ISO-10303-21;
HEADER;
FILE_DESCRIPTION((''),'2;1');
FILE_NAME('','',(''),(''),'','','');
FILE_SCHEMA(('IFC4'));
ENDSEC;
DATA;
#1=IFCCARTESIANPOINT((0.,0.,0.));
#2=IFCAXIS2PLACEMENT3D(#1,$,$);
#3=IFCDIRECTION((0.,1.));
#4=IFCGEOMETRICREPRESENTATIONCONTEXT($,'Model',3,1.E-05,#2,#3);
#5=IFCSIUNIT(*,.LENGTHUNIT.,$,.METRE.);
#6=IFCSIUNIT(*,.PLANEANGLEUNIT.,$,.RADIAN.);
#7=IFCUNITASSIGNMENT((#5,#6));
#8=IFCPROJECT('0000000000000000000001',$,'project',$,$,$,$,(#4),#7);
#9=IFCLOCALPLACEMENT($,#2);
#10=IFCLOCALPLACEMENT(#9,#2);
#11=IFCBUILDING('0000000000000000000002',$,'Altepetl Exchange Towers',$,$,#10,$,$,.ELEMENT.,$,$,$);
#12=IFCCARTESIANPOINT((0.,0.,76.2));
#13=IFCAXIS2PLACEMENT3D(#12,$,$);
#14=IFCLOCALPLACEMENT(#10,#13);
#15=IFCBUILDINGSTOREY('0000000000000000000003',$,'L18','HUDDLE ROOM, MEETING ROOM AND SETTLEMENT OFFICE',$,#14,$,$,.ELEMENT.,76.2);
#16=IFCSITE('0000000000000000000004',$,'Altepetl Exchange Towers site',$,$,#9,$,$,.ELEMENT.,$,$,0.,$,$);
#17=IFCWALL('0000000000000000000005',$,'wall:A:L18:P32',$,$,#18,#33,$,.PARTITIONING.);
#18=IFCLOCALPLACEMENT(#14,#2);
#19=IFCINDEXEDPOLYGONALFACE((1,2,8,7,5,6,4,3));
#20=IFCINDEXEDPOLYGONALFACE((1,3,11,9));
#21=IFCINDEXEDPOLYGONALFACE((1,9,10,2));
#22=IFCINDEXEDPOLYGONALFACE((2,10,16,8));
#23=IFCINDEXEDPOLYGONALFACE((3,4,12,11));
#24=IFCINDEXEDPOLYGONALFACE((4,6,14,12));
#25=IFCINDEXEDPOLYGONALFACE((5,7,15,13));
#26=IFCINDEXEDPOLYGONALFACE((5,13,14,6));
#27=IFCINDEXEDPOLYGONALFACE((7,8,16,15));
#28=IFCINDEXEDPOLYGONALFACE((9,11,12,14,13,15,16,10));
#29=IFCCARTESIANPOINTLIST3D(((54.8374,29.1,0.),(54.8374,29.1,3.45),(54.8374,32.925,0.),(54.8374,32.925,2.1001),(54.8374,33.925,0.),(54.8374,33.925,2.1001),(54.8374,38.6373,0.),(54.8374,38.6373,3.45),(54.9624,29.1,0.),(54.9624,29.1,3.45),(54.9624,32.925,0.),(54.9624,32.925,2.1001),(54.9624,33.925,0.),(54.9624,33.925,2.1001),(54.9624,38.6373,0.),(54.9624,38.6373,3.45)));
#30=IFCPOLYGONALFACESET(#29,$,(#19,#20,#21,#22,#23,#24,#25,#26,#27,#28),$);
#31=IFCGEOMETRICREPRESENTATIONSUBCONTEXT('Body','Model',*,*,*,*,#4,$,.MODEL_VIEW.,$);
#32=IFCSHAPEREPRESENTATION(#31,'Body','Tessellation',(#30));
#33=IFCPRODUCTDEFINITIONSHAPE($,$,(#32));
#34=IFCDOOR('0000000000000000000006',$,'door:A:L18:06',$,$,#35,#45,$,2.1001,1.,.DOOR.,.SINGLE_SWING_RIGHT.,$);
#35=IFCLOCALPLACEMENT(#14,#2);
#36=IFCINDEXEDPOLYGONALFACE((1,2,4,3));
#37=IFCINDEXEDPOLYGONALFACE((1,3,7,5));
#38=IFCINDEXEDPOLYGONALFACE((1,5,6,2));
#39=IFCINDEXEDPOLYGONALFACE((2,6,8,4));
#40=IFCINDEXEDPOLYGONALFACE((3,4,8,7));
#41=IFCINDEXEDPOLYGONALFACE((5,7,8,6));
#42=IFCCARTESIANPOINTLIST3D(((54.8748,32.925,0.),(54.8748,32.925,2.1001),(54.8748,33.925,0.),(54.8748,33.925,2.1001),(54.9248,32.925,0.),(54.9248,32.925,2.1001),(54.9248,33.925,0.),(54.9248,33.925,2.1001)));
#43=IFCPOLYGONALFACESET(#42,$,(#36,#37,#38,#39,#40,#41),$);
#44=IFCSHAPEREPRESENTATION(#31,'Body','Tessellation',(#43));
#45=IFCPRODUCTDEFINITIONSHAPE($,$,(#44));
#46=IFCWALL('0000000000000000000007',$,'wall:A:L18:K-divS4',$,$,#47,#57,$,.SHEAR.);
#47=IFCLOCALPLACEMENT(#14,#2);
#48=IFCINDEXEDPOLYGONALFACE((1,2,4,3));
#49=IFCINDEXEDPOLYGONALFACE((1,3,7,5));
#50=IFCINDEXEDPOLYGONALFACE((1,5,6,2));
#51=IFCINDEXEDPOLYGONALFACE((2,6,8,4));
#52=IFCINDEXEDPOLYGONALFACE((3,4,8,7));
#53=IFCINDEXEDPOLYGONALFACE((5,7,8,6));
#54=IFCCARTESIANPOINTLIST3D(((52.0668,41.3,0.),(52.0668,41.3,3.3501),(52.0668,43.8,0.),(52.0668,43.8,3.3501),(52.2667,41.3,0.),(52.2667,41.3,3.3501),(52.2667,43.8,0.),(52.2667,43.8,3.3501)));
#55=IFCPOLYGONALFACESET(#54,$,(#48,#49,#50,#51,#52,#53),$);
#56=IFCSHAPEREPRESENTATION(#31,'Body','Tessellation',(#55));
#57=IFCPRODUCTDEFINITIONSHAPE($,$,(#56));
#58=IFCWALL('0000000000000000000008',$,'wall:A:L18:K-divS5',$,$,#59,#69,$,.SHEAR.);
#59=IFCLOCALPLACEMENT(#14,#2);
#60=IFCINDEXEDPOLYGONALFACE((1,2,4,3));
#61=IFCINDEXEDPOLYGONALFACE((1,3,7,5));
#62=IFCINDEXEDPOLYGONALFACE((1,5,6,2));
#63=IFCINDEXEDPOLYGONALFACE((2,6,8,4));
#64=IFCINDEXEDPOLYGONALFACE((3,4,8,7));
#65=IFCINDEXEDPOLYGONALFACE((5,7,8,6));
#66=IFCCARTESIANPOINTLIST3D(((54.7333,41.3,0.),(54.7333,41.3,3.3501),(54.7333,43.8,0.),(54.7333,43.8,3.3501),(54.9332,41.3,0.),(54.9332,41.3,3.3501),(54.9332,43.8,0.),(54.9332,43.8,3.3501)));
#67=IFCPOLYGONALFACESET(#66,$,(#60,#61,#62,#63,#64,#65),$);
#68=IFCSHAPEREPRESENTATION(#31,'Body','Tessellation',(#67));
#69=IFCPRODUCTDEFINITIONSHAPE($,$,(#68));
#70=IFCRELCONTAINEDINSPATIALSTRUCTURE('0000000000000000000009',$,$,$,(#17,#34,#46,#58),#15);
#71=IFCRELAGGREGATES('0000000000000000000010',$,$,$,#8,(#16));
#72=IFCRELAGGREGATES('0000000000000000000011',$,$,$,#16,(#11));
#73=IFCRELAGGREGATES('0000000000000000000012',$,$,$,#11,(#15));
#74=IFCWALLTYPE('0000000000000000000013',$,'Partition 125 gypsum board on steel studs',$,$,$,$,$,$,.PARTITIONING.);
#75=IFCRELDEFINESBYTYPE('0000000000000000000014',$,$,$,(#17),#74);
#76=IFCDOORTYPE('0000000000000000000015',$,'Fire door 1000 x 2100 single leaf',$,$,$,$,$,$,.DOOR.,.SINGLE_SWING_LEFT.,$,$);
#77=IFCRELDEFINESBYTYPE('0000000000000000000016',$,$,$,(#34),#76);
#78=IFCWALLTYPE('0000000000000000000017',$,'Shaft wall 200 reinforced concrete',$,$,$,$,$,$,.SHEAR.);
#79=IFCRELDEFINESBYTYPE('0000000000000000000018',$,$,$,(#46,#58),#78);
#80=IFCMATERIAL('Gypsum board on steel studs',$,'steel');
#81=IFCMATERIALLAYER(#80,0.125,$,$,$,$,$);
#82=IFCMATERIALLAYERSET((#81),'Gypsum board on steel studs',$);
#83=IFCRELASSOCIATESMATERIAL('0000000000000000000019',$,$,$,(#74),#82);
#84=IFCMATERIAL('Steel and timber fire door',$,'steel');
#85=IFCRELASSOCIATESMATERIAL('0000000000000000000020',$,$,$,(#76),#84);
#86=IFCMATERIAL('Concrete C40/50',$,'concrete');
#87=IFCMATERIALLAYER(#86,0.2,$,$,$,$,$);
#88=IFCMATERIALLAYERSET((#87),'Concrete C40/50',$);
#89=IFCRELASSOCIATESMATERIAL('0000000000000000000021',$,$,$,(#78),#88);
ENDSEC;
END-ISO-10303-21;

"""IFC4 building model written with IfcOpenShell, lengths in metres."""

from ifc_helpers import new_model, si_unit, direction, frame, frame_2d, origin, place, context, subcontext, project, spatial, rectangle, extrude, material, layer, layer_set, type_object, element, fill, save


model = new_model("IFC4")

# Units and contexts
model_context = context("Model", 3, precision=1e-05, world=origin(), true_north=direction((0.0, 1.0)))
body_context = subcontext(model_context, "Body", "Model", "MODEL_VIEW")
ifc_project = project(units=[si_unit("LENGTHUNIT", "METRE"), si_unit("PLANEANGLEUNIT", "RADIAN")], contexts=[model_context])

# Site, building, storey
site_placement = place(None, origin())
site = spatial("IfcSite", under=ifc_project, at=site_placement, Name="Altepetl Exchange Towers site", CompositionType="ELEMENT", RefElevation=0.0)
building_placement = place(site_placement, origin())
building = spatial("IfcBuilding", under=site, at=building_placement, Name="Altepetl Exchange Towers", CompositionType="ELEMENT")
storey_placement = place(building_placement, frame((0.0, 0.0, 76.2)))
storey = spatial("IfcBuildingStorey", under=building, at=storey_placement, Name="L18", Description="HUDDLE ROOM, MEETING ROOM AND SETTLEMENT OFFICE", CompositionType="ELEMENT", Elevation=76.2)

# Shared definitions
ifc_material_1 = material(Name="Steel and timber fire door", Category="steel")

# Shared definitions
ifc_material_2 = material(Name="Gypsum board on steel studs", Category="steel")
ifc_layer_1 = layer(ifc_material_2, 0.125)
ifc_layer_set_1 = layer_set([ifc_layer_1], Name="Gypsum board on steel studs")
wall_type_1 = type_object("IfcWallType", Name="Partition 125 gypsum board on steel studs", PredefinedType="PARTITIONING", material=ifc_layer_set_1)

# Wall, opening, door
door_type_1 = type_object("IfcDoorType", Name="Fire door 1000 x 2100 single leaf", OperationType="SINGLE_SWING_LEFT", PredefinedType="DOOR", material=ifc_material_1)
wall_1_placement = place(storey_placement, frame((54.8999, 29.1001, 0.0), z_axis=(0.0, 0.0, 1.0), x_axis=(0.0, 1.0, 0.0)))
wall_1 = element("IfcWall", 1, at=wall_1_placement, inside=storey, type_object=wall_type_1, Name="wall:A:L18:P32", PredefinedType="PARTITIONING", context=body_context, shape_type="SweptSolid", body=[
    extrude(rectangle(XDim=9.5374, YDim=0.125, at=frame_2d((4.7686, 0.0))), origin(), (0.0, 0.0, 1.0), 3.45),
])
opening_1_placement = place(wall_1_placement, frame((3.825, 0.0, 0.0)))
opening_1 = element("IfcOpeningElement", 2, at=opening_1_placement, cuts=wall_1, PredefinedType="OPENING", context=body_context, shape_type="SweptSolid", body=[
    extrude(rectangle(XDim=1.0, YDim=2.1001, at=frame_2d((0.5, 1.05))), frame((0.0, 0.0725, 0.0), z_axis=(0.0, -1.0, 0.0), x_axis=(1.0, 0.0, 0.0)), (0.0, 0.0, 1.0), 0.145),
])
door_1_placement = place(opening_1_placement, frame((1.0, 0.0, 0.0), x_axis=(-1.0, 0.0, 0.0)))
door_1 = element("IfcDoor", 3, at=door_1_placement, inside=storey, type_object=door_type_1, Name="door:A:L18:06", OperationType="SINGLE_SWING_RIGHT", OverallHeight=2.1001, OverallWidth=1.0, PredefinedType="DOOR", context=body_context, shape_type="SweptSolid", body=[
    extrude(rectangle(XDim=1.0, YDim=2.1001, at=frame_2d((0.5, 1.05))), frame((0.0, 0.0249, 0.0), z_axis=(0.0, -1.0, 0.0), x_axis=(1.0, 0.0, 0.0)), (0.0, 0.0, 1.0), 0.05),
])
fill(opening_1, door_1)

# Walls
ifc_material_3 = material(Name="Concrete C40/50", Category="concrete")
ifc_layer_2 = layer(ifc_material_3, 0.2)
ifc_layer_set_2 = layer_set([ifc_layer_2], Name="Concrete C40/50")
wall_type_2 = type_object("IfcWallType", Name="Shaft wall 200 reinforced concrete", PredefinedType="SHEAR", material=ifc_layer_set_2)
for number, where, z_axis, x_axis, name in (
    (4, (52.1667, 41.3, 0.0), (0.0, 0.0, 1.0), (0.0, 1.0, 0.0), "wall:A:L18:K-divS4"),
    (5, (54.8333, 41.3, 0.0), (0.0, 0.0, 1.0), (0.0, 1.0, 0.0), "wall:A:L18:K-divS5"),
):
    element("IfcWall", number, at=place(storey_placement, frame(where, z_axis=z_axis, x_axis=x_axis)), inside=storey, type_object=wall_type_2, Name=name, PredefinedType="SHEAR", context=body_context, shape_type="SweptSolid", body=[
        extrude(rectangle(XDim=2.5, YDim=0.2, at=frame_2d((1.25, 0.0))), origin(), (0.0, 0.0, 1.0), 3.3501),
    ])

save(model, "model.ifc")
